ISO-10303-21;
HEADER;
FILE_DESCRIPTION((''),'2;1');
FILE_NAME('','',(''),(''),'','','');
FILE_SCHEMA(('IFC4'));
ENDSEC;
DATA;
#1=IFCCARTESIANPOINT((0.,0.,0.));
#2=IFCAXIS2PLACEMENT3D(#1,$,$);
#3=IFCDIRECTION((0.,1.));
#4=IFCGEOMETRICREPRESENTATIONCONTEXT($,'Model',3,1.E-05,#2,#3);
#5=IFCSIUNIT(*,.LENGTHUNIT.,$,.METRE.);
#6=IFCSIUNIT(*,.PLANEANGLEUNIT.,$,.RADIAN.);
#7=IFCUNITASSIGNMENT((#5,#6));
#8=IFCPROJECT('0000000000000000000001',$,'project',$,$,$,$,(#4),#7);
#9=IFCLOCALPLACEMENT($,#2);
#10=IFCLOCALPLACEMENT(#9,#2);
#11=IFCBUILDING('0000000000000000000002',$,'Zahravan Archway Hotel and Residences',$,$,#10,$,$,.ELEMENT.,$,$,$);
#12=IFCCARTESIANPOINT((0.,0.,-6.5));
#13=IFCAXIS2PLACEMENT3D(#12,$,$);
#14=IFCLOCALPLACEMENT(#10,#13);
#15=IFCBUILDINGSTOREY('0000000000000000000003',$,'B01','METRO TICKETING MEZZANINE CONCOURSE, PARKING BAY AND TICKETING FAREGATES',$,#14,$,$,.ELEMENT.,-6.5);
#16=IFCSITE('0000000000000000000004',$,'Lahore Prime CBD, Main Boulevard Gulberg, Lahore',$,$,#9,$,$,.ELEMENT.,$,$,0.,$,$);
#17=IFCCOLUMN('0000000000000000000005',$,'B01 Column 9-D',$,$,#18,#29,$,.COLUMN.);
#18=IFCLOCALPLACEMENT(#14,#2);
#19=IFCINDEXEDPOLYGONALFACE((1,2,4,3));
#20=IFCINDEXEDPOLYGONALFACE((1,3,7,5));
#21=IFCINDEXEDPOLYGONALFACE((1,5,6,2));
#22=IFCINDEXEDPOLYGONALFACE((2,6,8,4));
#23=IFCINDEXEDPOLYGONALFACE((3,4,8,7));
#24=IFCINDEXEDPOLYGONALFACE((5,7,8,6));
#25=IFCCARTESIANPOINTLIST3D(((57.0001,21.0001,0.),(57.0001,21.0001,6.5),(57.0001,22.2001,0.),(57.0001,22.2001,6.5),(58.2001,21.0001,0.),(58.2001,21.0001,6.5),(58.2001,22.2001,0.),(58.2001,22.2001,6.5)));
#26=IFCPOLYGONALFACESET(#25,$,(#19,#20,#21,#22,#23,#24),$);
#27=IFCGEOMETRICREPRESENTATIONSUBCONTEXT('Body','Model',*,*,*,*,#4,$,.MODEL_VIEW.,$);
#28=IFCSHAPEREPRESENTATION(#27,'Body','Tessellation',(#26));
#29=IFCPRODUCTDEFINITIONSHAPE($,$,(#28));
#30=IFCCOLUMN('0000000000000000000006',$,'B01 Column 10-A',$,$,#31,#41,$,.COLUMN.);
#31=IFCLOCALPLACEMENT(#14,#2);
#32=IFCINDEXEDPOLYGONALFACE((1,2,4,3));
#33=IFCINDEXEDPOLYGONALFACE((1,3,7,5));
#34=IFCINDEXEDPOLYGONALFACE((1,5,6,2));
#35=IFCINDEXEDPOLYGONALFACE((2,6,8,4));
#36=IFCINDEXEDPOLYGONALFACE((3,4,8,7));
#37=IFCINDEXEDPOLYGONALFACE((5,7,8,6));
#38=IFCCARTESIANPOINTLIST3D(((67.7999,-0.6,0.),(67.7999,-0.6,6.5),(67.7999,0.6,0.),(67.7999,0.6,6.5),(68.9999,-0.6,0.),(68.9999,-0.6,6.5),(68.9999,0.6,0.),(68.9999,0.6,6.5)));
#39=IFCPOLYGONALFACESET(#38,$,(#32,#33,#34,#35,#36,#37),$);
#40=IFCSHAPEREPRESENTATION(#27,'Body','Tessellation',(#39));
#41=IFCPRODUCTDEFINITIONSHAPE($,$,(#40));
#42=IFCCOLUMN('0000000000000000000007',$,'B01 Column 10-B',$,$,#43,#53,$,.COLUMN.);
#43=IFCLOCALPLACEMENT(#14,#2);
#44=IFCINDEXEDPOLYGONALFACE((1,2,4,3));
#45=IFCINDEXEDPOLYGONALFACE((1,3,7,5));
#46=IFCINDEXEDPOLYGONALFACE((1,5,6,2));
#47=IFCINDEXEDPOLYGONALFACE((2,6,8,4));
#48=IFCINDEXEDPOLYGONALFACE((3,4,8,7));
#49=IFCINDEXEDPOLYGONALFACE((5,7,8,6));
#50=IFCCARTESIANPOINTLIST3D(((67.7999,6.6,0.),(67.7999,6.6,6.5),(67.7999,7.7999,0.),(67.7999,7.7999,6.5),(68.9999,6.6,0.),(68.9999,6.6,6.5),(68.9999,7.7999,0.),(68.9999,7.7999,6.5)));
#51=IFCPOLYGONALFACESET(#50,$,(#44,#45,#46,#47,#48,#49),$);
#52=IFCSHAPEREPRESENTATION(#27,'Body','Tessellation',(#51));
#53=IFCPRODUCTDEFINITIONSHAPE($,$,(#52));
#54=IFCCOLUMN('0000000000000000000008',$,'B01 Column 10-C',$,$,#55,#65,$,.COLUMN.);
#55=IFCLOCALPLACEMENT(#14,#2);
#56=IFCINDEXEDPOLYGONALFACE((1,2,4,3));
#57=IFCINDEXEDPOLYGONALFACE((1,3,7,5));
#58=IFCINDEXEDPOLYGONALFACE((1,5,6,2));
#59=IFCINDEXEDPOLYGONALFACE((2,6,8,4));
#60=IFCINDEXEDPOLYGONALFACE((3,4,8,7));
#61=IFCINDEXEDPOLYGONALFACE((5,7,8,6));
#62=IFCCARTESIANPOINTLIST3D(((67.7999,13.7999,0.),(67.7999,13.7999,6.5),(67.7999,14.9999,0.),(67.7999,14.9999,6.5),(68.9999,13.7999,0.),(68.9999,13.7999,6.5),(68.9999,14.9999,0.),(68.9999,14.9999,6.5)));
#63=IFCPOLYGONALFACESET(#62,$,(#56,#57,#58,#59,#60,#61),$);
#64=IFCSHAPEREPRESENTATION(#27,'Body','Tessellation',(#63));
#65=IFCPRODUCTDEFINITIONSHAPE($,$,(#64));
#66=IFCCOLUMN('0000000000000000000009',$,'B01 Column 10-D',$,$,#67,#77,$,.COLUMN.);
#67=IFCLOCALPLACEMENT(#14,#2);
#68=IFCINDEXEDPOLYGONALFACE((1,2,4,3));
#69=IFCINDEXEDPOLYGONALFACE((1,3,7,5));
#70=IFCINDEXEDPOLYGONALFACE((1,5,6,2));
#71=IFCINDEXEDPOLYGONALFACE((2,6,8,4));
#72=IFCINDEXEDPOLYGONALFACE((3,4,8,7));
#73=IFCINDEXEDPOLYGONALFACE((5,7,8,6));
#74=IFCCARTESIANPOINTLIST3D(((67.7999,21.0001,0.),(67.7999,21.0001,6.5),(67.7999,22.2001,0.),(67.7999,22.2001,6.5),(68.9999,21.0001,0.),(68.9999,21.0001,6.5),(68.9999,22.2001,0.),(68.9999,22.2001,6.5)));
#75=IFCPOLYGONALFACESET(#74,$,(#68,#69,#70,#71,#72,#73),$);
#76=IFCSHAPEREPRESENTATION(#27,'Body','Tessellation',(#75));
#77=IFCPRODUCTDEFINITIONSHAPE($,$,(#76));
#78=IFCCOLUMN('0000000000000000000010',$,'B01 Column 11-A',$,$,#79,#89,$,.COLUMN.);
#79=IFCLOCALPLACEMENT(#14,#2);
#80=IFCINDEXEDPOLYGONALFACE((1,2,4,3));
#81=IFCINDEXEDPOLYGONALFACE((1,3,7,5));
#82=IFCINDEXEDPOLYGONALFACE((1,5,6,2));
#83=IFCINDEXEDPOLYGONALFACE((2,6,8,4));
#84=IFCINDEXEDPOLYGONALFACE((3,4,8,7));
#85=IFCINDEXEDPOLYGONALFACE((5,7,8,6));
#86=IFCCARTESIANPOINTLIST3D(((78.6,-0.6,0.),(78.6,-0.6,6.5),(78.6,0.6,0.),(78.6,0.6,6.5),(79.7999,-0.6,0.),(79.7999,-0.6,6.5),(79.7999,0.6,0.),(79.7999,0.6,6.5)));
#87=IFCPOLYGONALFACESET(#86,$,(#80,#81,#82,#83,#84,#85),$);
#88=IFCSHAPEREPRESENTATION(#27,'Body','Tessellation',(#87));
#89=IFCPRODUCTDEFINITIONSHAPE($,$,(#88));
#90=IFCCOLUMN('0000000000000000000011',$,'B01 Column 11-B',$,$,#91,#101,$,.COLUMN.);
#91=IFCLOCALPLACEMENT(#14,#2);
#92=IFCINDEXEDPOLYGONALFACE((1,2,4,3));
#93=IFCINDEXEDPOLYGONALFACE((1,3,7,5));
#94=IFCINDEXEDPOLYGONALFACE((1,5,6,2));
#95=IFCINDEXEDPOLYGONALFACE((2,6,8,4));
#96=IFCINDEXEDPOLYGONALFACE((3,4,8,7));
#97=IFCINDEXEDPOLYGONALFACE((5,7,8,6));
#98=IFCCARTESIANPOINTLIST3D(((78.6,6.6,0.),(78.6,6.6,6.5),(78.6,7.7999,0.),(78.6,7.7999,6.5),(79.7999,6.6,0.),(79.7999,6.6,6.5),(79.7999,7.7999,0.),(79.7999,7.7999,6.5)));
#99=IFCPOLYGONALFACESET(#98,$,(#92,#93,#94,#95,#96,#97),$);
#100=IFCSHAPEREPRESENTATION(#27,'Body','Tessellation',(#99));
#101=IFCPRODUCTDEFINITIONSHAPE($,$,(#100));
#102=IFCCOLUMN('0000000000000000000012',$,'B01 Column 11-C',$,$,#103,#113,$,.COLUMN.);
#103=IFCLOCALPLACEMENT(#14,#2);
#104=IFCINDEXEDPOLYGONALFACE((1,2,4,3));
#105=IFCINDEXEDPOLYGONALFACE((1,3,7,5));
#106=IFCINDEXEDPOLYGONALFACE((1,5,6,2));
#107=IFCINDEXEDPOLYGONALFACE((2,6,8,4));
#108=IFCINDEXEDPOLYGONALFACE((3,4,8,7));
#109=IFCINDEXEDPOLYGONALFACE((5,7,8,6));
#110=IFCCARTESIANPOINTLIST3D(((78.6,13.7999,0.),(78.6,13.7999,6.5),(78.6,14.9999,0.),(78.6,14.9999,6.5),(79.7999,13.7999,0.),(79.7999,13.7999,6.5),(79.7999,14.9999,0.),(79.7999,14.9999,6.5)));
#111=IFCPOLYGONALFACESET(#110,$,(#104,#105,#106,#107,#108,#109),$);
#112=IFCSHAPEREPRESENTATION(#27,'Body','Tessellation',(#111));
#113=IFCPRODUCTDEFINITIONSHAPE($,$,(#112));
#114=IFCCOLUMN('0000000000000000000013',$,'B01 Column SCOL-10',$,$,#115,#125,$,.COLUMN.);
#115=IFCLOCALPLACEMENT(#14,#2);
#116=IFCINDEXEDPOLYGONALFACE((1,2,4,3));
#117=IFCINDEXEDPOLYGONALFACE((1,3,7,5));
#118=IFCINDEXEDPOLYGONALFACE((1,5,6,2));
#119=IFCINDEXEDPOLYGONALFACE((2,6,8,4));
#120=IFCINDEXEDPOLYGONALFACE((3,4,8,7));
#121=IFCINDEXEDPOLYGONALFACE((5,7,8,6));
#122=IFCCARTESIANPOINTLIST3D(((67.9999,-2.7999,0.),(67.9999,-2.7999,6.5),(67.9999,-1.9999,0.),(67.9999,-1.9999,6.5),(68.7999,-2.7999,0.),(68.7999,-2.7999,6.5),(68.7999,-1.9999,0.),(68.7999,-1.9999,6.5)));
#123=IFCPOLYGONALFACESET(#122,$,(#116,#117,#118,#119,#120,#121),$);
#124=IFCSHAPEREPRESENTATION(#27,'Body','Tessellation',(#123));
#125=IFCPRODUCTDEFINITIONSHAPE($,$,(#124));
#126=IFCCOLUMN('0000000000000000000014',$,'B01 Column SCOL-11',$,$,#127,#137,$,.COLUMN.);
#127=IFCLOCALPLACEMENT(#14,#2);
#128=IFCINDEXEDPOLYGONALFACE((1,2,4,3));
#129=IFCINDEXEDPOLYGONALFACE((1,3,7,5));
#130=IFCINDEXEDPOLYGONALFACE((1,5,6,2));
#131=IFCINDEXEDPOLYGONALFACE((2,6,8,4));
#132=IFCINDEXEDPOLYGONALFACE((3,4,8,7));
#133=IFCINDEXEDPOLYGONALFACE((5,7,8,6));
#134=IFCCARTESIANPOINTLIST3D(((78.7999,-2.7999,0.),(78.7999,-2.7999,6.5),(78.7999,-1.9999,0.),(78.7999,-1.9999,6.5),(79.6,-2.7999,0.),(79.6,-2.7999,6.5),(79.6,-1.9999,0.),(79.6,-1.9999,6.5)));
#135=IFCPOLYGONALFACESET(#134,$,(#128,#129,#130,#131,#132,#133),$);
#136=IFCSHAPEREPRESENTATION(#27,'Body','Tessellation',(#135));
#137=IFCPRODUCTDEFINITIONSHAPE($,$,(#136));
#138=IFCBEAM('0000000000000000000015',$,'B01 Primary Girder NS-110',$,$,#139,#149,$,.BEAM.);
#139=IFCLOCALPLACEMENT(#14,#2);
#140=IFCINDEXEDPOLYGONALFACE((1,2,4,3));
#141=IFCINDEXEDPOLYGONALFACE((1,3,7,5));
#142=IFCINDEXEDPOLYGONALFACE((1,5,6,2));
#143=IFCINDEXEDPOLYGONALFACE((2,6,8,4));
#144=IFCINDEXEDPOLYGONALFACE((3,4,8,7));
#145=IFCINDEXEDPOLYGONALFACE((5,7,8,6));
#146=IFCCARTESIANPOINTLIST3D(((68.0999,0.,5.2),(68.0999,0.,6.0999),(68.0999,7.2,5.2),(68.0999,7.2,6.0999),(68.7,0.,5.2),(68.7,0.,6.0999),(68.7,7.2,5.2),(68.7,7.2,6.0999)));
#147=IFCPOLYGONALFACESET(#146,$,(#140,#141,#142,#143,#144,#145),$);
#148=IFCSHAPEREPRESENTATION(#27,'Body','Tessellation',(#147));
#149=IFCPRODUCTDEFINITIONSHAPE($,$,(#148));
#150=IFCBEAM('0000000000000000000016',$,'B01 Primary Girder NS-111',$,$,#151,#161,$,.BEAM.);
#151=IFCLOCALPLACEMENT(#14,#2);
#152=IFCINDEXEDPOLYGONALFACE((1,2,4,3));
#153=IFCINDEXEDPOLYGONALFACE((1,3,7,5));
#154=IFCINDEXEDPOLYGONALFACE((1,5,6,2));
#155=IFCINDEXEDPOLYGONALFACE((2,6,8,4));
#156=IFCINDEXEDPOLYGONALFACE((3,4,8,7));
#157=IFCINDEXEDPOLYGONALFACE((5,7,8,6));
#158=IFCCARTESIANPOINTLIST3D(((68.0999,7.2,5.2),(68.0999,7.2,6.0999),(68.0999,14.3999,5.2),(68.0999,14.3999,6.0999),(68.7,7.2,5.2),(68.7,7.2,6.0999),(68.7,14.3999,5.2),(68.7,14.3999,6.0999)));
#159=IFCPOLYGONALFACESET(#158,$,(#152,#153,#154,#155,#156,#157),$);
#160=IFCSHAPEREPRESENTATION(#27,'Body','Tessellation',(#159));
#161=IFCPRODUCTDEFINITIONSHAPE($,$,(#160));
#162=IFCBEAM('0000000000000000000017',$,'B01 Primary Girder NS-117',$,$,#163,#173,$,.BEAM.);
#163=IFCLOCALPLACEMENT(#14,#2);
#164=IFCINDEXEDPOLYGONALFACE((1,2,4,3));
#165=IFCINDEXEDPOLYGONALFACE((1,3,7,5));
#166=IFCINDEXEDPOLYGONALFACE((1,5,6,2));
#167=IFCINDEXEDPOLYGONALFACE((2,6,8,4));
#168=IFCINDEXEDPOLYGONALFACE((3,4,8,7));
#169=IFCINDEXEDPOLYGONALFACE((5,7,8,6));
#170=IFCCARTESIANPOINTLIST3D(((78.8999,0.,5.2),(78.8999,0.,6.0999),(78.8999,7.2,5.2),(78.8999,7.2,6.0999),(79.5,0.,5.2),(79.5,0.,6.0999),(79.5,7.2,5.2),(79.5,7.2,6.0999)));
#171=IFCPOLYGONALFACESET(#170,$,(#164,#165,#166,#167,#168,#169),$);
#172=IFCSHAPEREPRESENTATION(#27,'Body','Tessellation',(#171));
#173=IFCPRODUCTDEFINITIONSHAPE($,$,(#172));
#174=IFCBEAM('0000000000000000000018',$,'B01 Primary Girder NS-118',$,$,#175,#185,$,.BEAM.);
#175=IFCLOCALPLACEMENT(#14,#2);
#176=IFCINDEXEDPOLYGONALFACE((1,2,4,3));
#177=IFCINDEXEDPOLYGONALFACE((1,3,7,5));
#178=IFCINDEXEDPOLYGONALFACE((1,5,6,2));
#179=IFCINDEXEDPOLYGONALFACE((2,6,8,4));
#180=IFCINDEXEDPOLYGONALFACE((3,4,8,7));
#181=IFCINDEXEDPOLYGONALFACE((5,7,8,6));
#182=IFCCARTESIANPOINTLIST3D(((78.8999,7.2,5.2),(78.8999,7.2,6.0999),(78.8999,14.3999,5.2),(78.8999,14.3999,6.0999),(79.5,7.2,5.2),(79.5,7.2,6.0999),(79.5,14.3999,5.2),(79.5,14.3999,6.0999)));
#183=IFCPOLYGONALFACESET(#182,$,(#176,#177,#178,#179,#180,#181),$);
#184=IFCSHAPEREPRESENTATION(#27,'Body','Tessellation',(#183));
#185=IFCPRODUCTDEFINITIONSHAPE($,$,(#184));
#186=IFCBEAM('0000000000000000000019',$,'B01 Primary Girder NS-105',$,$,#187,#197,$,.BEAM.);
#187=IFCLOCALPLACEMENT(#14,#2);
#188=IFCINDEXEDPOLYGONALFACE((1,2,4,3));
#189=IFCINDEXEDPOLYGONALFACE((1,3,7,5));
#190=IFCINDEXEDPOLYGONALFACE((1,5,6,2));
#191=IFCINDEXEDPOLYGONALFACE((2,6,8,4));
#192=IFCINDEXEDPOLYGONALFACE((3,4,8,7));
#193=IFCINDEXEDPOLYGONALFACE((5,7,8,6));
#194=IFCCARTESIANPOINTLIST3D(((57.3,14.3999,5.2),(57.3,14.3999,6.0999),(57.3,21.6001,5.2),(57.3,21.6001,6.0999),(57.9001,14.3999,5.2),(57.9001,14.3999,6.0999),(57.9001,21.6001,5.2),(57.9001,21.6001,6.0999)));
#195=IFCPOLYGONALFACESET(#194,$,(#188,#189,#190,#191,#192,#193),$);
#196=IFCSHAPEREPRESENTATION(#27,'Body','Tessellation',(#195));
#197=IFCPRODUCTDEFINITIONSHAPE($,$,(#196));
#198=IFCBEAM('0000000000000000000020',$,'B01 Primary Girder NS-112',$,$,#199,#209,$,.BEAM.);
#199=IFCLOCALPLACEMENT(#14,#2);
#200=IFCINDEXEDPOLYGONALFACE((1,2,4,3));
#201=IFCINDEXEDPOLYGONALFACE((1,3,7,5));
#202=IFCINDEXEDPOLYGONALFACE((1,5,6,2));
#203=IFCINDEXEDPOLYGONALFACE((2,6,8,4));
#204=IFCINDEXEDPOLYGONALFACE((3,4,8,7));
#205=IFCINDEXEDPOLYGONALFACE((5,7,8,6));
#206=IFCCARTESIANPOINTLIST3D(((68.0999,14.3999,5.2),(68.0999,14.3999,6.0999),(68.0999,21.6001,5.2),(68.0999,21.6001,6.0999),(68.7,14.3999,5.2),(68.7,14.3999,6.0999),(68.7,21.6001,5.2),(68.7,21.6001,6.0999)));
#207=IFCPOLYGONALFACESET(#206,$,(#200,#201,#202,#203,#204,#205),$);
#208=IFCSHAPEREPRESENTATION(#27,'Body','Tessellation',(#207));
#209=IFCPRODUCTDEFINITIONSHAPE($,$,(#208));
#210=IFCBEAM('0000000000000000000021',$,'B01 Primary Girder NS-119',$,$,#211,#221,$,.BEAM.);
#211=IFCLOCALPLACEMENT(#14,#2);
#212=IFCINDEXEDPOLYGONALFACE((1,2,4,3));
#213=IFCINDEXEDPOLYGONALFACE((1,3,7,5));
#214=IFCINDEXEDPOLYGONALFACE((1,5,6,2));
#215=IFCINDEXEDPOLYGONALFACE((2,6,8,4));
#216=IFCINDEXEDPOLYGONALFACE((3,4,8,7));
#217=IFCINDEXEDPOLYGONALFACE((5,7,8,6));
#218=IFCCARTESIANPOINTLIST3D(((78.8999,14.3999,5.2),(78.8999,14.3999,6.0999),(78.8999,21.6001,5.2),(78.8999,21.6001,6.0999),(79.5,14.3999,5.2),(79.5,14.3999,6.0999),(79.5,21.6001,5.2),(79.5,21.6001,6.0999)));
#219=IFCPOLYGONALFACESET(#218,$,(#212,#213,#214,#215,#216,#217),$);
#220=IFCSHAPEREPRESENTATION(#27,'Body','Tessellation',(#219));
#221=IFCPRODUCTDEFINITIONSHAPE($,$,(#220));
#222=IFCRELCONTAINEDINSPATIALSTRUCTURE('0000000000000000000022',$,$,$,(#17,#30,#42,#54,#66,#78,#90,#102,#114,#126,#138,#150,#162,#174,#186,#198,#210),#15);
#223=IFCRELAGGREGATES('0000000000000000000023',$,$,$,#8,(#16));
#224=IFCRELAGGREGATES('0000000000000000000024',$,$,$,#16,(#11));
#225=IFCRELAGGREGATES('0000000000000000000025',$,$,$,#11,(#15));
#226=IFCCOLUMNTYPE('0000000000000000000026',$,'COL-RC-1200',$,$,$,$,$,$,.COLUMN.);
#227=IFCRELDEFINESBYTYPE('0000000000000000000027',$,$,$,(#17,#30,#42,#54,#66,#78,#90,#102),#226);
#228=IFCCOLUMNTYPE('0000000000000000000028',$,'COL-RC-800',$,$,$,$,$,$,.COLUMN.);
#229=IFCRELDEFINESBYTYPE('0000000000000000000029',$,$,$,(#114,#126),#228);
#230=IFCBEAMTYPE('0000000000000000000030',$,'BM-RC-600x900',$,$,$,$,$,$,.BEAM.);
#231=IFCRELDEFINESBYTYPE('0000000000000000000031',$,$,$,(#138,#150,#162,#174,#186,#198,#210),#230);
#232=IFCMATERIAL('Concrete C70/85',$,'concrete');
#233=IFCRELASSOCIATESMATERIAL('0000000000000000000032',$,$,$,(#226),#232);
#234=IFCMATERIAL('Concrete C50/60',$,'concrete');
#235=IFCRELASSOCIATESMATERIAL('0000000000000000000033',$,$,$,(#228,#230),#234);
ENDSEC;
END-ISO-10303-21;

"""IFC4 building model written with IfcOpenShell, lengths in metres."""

from ifc_helpers import new_model, si_unit, direction, frame, origin, origin_2d, place, context, subcontext, project, spatial, rectangle, extrude, source, transform, mapped, material, material_profile, profile_set, type_object, element, save


model = new_model("IFC4")

# Units and contexts
model_context = context("Model", 3, precision=1e-05, world=origin(), true_north=direction((0.0, 1.0)))
body_context = subcontext(model_context, "Body", "Model", "MODEL_VIEW")
ifc_project = project(units=[si_unit("LENGTHUNIT", "METRE"), si_unit("PLANEANGLEUNIT", "RADIAN")], contexts=[model_context])

# Site, building, storey
site_placement = place(None, origin())
site = spatial("IfcSite", under=ifc_project, at=site_placement, Name="Lahore Prime CBD, Main Boulevard Gulberg, Lahore", CompositionType="ELEMENT", RefElevation=0.0)
building_placement = place(site_placement, origin())
building = spatial("IfcBuilding", under=site, at=building_placement, Name="Zahravan Archway Hotel and Residences", CompositionType="ELEMENT")
storey_placement = place(building_placement, frame((0.0, 0.0, -6.5)))
storey = spatial("IfcBuildingStorey", under=building, at=storey_placement, Name="B01", Description="METRO TICKETING MEZZANINE CONCOURSE, PARKING BAY AND TICKETING FAREGATES", CompositionType="ELEMENT", Elevation=-6.5)

# Columns
ifc_material_1 = material(Name="Concrete C70/85", Category="concrete")
ifc_material_profile_1 = material_profile(ifc_material_1, rectangle(XDim=1.2, YDim=1.2, at=origin_2d()), Name="RC-COL-1200x1200", Category="concrete")
ifc_profile_set_1 = profile_set([ifc_material_profile_1], Name="Concrete C70/85")
column_type_1 = type_object("IfcColumnType", Name="COL-RC-1200", PredefinedType="COLUMN", material=ifc_profile_set_1)
shared_shape_1 = source(origin(), body_context, "Body", "SweptSolid", [
    extrude(rectangle(XDim=1.2, YDim=1.2, at=origin_2d()), origin(), (0.0, 0.0, 1.0), 6.5),
])
for number, where, z_axis, x_axis, name in (
    (1, (57.6001, 21.6001, 0.0), (0.0, 0.0, 1.0), (1.0, 0.0, 0.0), "B01 Column 9-D"),
    (2, (68.3999, 0.0, 0.0), (0.0, 0.0, 1.0), (1.0, 0.0, 0.0), "B01 Column 10-A"),
    (3, (68.3999, 7.2, 0.0), (0.0, 0.0, 1.0), (1.0, 0.0, 0.0), "B01 Column 10-B"),
    (4, (68.3999, 14.3999, 0.0), (0.0, 0.0, 1.0), (1.0, 0.0, 0.0), "B01 Column 10-C"),
    (5, (68.3999, 21.6001, 0.0), (0.0, 0.0, 1.0), (1.0, 0.0, 0.0), "B01 Column 10-D"),
    (6, (79.2, 0.0, 0.0), (0.0, 0.0, 1.0), (1.0, 0.0, 0.0), "B01 Column 11-A"),
    (7, (79.2, 7.2, 0.0), (0.0, 0.0, 1.0), (1.0, 0.0, 0.0), "B01 Column 11-B"),
    (8, (79.2, 14.3999, 0.0), (0.0, 0.0, 1.0), (1.0, 0.0, 0.0), "B01 Column 11-C"),
):
    element("IfcColumn", number, at=place(storey_placement, frame(where, z_axis=z_axis, x_axis=x_axis)), inside=storey, type_object=column_type_1, Name=name, PredefinedType="COLUMN", context=body_context, shape_type="MappedRepresentation", body=[
        mapped(shared_shape_1, transform((0.0, 0.0, 0.0), scale=1.0)),
    ])
ifc_material_2 = material(Name="Concrete C50/60", Category="concrete")
ifc_material_profile_2 = material_profile(ifc_material_2, rectangle(XDim=0.8, YDim=0.8, at=origin_2d()), Name="RC-COL-800x800", Category="concrete")
ifc_profile_set_2 = profile_set([ifc_material_profile_2], Name="Concrete C50/60")
column_type_2 = type_object("IfcColumnType", Name="COL-RC-800", PredefinedType="COLUMN", material=ifc_profile_set_2)
shared_shape_2 = source(origin(), body_context, "Body", "SweptSolid", [
    extrude(rectangle(XDim=0.8, YDim=0.8, at=origin_2d()), origin(), (0.0, 0.0, 1.0), 6.5),
])
for number, where, z_axis, x_axis, name in (
    (9, (68.3999, -2.3999, 0.0), (0.0, 0.0, 1.0), (1.0, 0.0, 0.0), "B01 Column SCOL-10"),
    (10, (79.2, -2.3999, 0.0), (0.0, 0.0, 1.0), (1.0, 0.0, 0.0), "B01 Column SCOL-11"),
):
    element("IfcColumn", number, at=place(storey_placement, frame(where, z_axis=z_axis, x_axis=x_axis)), inside=storey, type_object=column_type_2, Name=name, PredefinedType="COLUMN", context=body_context, shape_type="MappedRepresentation", body=[
        mapped(shared_shape_2, transform((0.0, 0.0, 0.0), scale=1.0)),
    ])

# Beams
ifc_material_profile_3 = material_profile(ifc_material_2, rectangle(XDim=0.6001, YDim=0.8999, at=origin_2d()), Name="RC-BM-600x900", Category="concrete")
ifc_profile_set_3 = profile_set([ifc_material_profile_3], Name="Concrete C50/60")
beam_type_1 = type_object("IfcBeamType", Name="BM-RC-600x900", PredefinedType="BEAM", material=ifc_profile_set_3)
shared_shape_3 = source(origin(), body_context, "Body", "SweptSolid", [
    extrude(rectangle(XDim=0.6001, YDim=0.8999, at=origin_2d()), origin(), (0.0, 0.0, 1.0), 7.2),
])
for number, where, z_axis, x_axis, name in (
    (11, (68.3999, 0.0, 5.6499), (0.0, 1.0, 0.0), (-1.0, 0.0, 0.0), "B01 Primary Girder NS-110"),
    (12, (68.3999, 7.2, 5.6499), (0.0, 1.0, 0.0), (-1.0, 0.0, 0.0), "B01 Primary Girder NS-111"),
    (13, (79.2, 0.0, 5.6499), (0.0, 1.0, 0.0), (-1.0, 0.0, 0.0), "B01 Primary Girder NS-117"),
    (14, (79.2, 7.2, 5.6499), (0.0, 1.0, 0.0), (-1.0, 0.0, 0.0), "B01 Primary Girder NS-118"),
):
    element("IfcBeam", number, at=place(storey_placement, frame(where, z_axis=z_axis, x_axis=x_axis)), inside=storey, type_object=beam_type_1, Name=name, PredefinedType="BEAM", context=body_context, shape_type="MappedRepresentation", body=[
        mapped(shared_shape_3, transform((0.0, 0.0, 0.0), scale=1.0)),
    ])
shared_shape_4 = source(origin(), body_context, "Body", "SweptSolid", [
    extrude(rectangle(XDim=0.6001, YDim=0.8999, at=origin_2d()), origin(), (0.0, 0.0, 1.0), 7.2002),
])
for number, where, z_axis, x_axis, name in (
    (15, (57.6001, 14.3999, 5.6499), (0.0, 1.0, 0.0), (-1.0, 0.0, 0.0), "B01 Primary Girder NS-105"),
    (16, (68.3999, 14.3999, 5.6499), (0.0, 1.0, 0.0), (-1.0, 0.0, 0.0), "B01 Primary Girder NS-112"),
    (17, (79.2, 14.3999, 5.6499), (0.0, 1.0, 0.0), (-1.0, 0.0, 0.0), "B01 Primary Girder NS-119"),
):
    element("IfcBeam", number, at=place(storey_placement, frame(where, z_axis=z_axis, x_axis=x_axis)), inside=storey, type_object=beam_type_1, Name=name, PredefinedType="BEAM", context=body_context, shape_type="MappedRepresentation", body=[
        mapped(shared_shape_4, transform((0.0, 0.0, 0.0), scale=1.0)),
    ])

save(model, "model.ifc")
